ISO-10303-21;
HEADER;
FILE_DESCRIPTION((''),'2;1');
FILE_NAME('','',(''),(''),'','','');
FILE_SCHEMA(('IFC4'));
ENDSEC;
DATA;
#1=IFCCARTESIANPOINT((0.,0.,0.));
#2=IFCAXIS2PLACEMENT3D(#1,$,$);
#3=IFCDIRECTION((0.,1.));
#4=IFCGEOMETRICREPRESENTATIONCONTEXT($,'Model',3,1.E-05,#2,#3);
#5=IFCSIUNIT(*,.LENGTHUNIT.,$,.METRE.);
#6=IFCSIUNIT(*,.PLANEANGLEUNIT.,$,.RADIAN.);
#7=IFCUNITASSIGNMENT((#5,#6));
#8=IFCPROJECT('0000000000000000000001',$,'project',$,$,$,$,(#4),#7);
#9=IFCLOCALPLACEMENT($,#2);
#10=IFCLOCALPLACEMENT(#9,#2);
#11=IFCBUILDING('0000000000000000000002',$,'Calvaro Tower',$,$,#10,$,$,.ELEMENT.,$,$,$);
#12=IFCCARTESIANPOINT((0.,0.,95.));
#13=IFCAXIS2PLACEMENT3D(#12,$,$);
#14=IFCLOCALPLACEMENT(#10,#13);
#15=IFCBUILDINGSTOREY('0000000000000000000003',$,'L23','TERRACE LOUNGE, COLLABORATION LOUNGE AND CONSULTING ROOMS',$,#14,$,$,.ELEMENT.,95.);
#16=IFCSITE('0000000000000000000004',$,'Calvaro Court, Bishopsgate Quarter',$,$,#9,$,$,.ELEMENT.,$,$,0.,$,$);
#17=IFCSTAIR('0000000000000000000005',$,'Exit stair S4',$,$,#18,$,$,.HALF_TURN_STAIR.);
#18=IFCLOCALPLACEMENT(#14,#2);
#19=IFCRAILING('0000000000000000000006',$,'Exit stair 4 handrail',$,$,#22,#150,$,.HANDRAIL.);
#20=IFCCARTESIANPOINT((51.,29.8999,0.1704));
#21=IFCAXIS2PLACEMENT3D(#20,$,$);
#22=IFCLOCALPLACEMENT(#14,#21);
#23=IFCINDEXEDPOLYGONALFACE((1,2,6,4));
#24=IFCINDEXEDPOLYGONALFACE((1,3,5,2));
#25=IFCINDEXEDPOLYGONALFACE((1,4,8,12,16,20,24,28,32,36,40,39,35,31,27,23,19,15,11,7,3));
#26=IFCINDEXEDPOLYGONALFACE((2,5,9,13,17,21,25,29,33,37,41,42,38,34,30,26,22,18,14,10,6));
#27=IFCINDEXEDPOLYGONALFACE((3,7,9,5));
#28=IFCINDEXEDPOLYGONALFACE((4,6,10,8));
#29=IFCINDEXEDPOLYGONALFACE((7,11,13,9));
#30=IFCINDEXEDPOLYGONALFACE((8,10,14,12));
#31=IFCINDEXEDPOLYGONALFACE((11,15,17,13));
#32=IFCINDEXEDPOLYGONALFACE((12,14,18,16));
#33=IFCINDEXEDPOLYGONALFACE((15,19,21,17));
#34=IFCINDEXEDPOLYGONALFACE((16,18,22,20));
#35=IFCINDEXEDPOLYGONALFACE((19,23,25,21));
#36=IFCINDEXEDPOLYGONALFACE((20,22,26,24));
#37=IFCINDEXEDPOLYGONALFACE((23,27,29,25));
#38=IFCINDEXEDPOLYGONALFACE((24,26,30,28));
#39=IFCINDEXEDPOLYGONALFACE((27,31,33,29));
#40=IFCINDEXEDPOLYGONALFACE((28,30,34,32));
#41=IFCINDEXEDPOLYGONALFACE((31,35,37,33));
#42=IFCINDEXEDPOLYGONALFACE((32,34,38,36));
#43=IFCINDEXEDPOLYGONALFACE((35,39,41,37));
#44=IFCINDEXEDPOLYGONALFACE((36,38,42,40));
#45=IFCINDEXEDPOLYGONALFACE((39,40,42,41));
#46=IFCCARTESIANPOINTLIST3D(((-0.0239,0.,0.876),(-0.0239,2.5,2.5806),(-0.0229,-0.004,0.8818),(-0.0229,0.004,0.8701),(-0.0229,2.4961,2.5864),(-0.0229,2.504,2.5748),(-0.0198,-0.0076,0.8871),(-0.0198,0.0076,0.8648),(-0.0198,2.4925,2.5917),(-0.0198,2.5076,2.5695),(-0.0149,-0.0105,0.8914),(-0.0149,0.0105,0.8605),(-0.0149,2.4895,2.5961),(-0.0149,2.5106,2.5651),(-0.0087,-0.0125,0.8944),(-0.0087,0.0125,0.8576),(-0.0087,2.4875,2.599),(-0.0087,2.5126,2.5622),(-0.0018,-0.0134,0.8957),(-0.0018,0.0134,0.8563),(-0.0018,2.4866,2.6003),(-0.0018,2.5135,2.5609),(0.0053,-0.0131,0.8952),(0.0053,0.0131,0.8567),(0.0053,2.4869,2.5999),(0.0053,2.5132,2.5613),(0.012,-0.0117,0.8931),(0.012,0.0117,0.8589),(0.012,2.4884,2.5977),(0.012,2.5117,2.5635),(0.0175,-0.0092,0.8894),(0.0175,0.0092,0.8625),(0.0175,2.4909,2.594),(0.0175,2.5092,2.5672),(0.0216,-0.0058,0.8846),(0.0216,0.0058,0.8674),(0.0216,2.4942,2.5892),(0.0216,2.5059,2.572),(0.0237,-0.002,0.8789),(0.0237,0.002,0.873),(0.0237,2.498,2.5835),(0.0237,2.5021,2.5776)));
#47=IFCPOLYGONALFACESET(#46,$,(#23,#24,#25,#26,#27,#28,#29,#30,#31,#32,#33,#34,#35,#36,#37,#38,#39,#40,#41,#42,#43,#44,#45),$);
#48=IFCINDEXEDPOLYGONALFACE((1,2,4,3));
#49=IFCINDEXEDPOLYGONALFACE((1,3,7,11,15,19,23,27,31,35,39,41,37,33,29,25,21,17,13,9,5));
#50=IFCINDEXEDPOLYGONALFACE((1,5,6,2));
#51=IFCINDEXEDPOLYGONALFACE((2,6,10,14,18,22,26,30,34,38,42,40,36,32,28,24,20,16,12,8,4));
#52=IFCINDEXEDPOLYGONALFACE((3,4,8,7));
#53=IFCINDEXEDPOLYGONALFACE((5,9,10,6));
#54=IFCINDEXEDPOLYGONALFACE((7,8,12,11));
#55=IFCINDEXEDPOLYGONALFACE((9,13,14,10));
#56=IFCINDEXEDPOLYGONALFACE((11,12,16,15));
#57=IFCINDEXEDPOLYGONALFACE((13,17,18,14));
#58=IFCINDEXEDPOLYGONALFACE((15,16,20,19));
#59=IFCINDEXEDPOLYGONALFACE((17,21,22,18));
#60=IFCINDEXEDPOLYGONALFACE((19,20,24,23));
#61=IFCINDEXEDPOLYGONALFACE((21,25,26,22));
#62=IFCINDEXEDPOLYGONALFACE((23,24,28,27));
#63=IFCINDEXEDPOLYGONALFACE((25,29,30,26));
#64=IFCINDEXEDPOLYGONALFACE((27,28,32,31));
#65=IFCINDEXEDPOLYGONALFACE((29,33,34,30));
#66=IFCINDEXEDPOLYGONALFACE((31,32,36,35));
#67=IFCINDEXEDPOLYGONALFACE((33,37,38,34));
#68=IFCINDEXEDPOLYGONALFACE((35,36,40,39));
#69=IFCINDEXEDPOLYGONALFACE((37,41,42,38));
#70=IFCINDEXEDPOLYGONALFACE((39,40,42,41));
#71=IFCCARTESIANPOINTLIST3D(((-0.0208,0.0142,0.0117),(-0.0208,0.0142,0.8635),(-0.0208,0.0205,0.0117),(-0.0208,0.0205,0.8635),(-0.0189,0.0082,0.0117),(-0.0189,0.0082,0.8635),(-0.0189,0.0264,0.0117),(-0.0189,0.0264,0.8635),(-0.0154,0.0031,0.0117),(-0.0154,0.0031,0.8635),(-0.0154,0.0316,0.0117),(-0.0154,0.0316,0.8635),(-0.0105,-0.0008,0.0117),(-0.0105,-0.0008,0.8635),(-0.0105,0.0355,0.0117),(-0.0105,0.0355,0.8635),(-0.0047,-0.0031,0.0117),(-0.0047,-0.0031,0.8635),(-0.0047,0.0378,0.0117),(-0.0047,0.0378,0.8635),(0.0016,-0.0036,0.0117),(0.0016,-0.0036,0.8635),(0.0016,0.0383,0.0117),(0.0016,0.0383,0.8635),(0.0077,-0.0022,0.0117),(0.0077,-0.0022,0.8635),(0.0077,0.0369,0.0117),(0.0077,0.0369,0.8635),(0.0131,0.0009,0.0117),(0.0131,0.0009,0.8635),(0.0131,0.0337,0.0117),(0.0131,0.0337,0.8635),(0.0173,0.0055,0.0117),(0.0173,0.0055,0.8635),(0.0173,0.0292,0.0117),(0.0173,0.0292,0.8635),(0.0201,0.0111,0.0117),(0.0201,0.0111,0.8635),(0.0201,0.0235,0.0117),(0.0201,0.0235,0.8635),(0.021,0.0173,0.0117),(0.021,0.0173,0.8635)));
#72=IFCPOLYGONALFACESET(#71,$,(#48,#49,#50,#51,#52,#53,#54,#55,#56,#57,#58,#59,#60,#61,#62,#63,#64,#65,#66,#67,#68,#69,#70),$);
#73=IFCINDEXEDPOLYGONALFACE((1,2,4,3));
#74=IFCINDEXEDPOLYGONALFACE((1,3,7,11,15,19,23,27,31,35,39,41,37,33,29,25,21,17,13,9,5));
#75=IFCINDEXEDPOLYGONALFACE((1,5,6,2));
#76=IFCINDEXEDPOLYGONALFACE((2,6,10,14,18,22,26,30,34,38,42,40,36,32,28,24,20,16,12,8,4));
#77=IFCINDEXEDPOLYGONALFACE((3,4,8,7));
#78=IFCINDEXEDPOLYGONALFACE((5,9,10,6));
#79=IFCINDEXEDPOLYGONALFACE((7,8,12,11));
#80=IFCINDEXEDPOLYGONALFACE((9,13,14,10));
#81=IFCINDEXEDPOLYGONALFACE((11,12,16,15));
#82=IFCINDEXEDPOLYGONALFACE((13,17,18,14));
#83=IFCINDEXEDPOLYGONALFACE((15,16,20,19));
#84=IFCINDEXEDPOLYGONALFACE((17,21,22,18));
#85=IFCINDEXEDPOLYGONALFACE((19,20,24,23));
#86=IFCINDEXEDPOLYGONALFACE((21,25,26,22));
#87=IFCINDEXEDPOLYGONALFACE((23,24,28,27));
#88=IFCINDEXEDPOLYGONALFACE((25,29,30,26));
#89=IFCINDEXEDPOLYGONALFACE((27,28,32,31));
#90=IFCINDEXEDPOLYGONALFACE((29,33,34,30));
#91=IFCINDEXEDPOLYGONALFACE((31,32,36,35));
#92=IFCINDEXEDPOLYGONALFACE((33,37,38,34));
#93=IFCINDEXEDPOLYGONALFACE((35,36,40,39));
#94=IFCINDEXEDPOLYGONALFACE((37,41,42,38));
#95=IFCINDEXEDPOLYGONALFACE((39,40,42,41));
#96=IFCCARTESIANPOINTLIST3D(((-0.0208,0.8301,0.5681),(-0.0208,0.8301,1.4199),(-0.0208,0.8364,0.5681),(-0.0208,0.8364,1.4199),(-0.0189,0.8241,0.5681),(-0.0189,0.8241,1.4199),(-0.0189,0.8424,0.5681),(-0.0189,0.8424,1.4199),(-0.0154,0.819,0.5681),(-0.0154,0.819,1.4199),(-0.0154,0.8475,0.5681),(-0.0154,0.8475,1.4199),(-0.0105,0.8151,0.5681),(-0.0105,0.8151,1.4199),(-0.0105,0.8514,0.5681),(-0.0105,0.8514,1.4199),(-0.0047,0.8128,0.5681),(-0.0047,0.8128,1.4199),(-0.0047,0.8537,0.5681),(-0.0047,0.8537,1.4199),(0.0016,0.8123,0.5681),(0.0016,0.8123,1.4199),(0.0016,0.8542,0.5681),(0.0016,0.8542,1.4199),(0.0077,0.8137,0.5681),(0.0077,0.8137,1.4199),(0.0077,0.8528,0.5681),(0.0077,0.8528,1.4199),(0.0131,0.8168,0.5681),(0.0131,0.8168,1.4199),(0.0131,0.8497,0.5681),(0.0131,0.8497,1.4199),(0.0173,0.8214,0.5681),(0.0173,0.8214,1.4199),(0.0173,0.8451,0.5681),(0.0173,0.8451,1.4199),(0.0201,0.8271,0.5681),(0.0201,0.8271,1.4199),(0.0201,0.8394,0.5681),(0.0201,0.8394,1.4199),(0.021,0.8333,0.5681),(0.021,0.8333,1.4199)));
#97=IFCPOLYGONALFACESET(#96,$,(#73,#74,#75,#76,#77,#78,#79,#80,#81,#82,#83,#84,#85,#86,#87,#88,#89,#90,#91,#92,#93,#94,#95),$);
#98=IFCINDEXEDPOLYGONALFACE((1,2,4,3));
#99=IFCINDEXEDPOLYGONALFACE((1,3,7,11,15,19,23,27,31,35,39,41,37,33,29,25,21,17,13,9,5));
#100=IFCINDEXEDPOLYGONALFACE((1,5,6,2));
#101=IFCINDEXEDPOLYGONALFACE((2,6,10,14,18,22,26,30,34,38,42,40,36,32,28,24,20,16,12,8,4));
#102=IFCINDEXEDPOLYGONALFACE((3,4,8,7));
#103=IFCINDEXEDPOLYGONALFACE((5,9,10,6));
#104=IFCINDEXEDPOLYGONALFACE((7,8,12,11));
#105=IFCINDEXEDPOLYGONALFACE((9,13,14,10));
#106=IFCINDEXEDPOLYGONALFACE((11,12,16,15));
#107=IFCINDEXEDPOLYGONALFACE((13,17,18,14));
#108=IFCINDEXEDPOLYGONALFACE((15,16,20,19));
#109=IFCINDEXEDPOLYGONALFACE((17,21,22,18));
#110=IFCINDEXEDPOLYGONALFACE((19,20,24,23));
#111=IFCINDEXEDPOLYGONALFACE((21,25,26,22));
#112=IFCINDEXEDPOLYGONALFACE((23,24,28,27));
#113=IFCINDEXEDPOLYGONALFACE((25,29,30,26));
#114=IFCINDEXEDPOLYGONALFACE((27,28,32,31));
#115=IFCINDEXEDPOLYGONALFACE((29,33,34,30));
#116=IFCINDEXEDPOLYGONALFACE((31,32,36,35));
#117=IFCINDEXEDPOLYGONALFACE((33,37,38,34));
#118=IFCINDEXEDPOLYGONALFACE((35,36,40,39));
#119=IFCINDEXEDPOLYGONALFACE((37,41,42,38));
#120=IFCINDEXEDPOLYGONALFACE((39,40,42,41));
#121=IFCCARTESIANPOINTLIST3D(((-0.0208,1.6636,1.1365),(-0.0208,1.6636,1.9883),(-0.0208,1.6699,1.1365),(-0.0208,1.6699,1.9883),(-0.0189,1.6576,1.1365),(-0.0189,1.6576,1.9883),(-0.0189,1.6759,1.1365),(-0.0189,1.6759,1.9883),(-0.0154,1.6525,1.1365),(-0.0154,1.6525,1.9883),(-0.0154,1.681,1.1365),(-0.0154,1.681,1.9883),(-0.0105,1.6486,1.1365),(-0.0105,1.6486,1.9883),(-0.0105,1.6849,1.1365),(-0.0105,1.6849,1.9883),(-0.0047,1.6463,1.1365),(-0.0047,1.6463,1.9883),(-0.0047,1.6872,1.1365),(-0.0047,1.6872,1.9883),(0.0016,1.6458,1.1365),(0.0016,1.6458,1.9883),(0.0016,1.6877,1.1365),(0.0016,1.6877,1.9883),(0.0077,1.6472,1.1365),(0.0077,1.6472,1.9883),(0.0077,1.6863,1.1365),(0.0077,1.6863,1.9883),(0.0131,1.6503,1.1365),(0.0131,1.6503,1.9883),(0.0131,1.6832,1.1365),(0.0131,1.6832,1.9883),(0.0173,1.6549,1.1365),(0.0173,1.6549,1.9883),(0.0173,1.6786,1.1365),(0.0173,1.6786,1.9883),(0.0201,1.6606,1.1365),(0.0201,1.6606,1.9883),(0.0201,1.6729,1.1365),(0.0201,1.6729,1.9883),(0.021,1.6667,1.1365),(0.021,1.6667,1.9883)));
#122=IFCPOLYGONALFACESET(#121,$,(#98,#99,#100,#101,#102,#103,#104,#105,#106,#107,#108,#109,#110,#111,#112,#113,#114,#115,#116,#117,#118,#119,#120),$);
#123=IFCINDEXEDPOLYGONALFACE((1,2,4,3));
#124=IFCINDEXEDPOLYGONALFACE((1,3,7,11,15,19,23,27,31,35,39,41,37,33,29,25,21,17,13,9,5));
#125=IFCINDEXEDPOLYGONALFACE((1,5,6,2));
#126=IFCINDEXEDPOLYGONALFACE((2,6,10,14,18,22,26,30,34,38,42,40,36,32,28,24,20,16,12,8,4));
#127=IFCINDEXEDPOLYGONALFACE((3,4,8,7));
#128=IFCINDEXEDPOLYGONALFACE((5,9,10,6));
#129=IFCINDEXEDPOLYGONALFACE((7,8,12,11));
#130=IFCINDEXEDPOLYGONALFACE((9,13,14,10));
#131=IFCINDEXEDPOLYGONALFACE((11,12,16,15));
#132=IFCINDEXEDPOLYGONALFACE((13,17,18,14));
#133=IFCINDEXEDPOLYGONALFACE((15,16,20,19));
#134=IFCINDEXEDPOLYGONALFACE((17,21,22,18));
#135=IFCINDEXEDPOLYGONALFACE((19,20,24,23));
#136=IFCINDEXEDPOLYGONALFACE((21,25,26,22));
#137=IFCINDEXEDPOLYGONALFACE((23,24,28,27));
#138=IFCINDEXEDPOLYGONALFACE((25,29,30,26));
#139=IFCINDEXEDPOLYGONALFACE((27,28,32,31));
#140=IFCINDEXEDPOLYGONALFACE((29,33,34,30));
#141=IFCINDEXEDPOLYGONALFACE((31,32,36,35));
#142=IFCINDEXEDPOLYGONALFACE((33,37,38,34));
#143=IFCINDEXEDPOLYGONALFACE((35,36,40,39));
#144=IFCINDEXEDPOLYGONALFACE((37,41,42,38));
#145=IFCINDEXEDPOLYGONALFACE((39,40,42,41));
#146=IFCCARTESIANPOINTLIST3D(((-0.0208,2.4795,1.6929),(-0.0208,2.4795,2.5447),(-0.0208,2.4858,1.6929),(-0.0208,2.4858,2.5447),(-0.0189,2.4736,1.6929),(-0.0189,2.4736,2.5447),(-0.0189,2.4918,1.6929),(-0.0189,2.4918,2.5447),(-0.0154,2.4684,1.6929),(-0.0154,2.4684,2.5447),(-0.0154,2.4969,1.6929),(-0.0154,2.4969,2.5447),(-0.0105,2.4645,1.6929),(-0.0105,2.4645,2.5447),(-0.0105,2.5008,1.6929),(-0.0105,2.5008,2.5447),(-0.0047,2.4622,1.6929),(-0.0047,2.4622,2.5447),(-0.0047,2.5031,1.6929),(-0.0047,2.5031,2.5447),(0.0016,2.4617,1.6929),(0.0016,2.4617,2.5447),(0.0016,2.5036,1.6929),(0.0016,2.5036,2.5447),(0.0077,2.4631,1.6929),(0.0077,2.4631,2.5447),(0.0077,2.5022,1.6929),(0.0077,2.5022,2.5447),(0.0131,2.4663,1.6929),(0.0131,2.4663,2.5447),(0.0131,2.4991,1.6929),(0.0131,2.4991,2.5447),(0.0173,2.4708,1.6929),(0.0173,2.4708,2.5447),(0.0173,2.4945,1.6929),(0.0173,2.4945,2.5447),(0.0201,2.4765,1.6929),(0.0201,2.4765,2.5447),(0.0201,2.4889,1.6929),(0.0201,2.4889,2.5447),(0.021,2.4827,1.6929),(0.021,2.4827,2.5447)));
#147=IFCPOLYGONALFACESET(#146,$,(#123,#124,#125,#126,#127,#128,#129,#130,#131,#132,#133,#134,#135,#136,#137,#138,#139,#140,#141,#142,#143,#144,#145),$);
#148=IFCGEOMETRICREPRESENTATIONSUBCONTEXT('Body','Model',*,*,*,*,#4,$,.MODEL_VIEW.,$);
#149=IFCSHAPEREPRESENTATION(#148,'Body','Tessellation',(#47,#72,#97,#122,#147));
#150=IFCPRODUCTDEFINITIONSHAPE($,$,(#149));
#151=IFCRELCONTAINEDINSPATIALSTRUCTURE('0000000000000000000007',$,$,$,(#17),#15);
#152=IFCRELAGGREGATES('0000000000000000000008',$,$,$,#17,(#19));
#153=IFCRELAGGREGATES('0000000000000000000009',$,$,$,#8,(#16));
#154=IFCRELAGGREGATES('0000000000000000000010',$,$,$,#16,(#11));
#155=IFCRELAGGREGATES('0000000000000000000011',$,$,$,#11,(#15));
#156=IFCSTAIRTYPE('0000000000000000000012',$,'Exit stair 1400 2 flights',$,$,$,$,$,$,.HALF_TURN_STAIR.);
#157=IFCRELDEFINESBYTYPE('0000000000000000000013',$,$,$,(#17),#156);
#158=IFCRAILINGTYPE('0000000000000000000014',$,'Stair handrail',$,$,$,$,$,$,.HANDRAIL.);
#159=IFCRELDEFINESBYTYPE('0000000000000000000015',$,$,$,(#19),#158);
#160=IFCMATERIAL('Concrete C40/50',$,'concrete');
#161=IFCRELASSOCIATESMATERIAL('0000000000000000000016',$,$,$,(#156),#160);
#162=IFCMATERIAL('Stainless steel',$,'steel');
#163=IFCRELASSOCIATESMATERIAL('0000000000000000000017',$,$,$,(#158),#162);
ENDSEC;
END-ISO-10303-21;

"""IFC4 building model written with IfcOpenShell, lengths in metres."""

from ifc_helpers import new_model, si_unit, direction, frame, origin, origin_2d, place, context, subcontext, project, spatial, circle, extrude, material, type_object, element, aggregate, save


model = new_model("IFC4")

# Units and contexts
model_context = context("Model", 3, precision=1e-05, world=origin(), true_north=direction((0.0, 1.0)))
body_context = subcontext(model_context, "Body", "Model", "MODEL_VIEW")
ifc_project = project(units=[si_unit("LENGTHUNIT", "METRE"), si_unit("PLANEANGLEUNIT", "RADIAN")], contexts=[model_context])

# Site, building, storey
site_placement = place(None, origin())
site = spatial("IfcSite", under=ifc_project, at=site_placement, Name="Calvaro Court, Bishopsgate Quarter", CompositionType="ELEMENT", RefElevation=0.0)
building_placement = place(site_placement, origin())
building = spatial("IfcBuilding", under=site, at=building_placement, Name="Calvaro Tower", CompositionType="ELEMENT")
storey_placement = place(building_placement, frame((0.0, 0.0, 95.0)))
storey = spatial("IfcBuildingStorey", under=building, at=storey_placement, Name="L23", Description="TERRACE LOUNGE, COLLABORATION LOUNGE AND CONSULTING ROOMS", CompositionType="ELEMENT", Elevation=95.0)

# Stair
ifc_material_1 = material(Name="Concrete C40/50", Category="concrete")
stair_type = type_object("IfcStairType", Name="Exit stair 1400 2 flights", PredefinedType="HALF_TURN_STAIR", material=ifc_material_1)
stair_1_placement = place(storey_placement, origin())
stair_1 = element("IfcStair", 1, at=stair_1_placement, inside=storey, type_object=stair_type, Name="Exit stair S4", PredefinedType="HALF_TURN_STAIR")

# Railing
ifc_material_2 = material(Name="Stainless steel", Category="steel")
railing_type = type_object("IfcRailingType", Name="Stair handrail", PredefinedType="HANDRAIL", material=ifc_material_2)
railing_1_placement = place(storey_placement, frame((51.0, 29.8999, 0.1704)))
railing_1 = element("IfcRailing", 2, at=railing_1_placement, type_object=railing_type, Name="Exit stair 4 handrail", PredefinedType="HANDRAIL", context=body_context, shape_type="SweptSolid", body=[
    extrude(circle(Radius=0.0239, at=origin_2d()), frame((0.0, 0.0, 0.876), z_axis=(0.0, 0.826221, 0.563347), x_axis=(-1.0, 0.0, 0.0)), (0.0, 0.0, 1.0), 3.0259),
    extrude(circle(Radius=0.021, at=origin_2d()), frame((0.0, 0.0173, 0.0117)), (0.0, 0.0, 1.0), 0.8518),
    extrude(circle(Radius=0.021, at=origin_2d()), frame((0.0, 0.8333, 0.5681)), (0.0, 0.0, 1.0), 0.8518),
    extrude(circle(Radius=0.021, at=origin_2d()), frame((0.0, 1.6667, 1.1365)), (0.0, 0.0, 1.0), 0.8518),
    extrude(circle(Radius=0.021, at=origin_2d()), frame((0.0, 2.4827, 1.6929)), (0.0, 0.0, 1.0), 0.8518),
])
aggregate(stair_1, [railing_1])

save(model, "model.ifc")
